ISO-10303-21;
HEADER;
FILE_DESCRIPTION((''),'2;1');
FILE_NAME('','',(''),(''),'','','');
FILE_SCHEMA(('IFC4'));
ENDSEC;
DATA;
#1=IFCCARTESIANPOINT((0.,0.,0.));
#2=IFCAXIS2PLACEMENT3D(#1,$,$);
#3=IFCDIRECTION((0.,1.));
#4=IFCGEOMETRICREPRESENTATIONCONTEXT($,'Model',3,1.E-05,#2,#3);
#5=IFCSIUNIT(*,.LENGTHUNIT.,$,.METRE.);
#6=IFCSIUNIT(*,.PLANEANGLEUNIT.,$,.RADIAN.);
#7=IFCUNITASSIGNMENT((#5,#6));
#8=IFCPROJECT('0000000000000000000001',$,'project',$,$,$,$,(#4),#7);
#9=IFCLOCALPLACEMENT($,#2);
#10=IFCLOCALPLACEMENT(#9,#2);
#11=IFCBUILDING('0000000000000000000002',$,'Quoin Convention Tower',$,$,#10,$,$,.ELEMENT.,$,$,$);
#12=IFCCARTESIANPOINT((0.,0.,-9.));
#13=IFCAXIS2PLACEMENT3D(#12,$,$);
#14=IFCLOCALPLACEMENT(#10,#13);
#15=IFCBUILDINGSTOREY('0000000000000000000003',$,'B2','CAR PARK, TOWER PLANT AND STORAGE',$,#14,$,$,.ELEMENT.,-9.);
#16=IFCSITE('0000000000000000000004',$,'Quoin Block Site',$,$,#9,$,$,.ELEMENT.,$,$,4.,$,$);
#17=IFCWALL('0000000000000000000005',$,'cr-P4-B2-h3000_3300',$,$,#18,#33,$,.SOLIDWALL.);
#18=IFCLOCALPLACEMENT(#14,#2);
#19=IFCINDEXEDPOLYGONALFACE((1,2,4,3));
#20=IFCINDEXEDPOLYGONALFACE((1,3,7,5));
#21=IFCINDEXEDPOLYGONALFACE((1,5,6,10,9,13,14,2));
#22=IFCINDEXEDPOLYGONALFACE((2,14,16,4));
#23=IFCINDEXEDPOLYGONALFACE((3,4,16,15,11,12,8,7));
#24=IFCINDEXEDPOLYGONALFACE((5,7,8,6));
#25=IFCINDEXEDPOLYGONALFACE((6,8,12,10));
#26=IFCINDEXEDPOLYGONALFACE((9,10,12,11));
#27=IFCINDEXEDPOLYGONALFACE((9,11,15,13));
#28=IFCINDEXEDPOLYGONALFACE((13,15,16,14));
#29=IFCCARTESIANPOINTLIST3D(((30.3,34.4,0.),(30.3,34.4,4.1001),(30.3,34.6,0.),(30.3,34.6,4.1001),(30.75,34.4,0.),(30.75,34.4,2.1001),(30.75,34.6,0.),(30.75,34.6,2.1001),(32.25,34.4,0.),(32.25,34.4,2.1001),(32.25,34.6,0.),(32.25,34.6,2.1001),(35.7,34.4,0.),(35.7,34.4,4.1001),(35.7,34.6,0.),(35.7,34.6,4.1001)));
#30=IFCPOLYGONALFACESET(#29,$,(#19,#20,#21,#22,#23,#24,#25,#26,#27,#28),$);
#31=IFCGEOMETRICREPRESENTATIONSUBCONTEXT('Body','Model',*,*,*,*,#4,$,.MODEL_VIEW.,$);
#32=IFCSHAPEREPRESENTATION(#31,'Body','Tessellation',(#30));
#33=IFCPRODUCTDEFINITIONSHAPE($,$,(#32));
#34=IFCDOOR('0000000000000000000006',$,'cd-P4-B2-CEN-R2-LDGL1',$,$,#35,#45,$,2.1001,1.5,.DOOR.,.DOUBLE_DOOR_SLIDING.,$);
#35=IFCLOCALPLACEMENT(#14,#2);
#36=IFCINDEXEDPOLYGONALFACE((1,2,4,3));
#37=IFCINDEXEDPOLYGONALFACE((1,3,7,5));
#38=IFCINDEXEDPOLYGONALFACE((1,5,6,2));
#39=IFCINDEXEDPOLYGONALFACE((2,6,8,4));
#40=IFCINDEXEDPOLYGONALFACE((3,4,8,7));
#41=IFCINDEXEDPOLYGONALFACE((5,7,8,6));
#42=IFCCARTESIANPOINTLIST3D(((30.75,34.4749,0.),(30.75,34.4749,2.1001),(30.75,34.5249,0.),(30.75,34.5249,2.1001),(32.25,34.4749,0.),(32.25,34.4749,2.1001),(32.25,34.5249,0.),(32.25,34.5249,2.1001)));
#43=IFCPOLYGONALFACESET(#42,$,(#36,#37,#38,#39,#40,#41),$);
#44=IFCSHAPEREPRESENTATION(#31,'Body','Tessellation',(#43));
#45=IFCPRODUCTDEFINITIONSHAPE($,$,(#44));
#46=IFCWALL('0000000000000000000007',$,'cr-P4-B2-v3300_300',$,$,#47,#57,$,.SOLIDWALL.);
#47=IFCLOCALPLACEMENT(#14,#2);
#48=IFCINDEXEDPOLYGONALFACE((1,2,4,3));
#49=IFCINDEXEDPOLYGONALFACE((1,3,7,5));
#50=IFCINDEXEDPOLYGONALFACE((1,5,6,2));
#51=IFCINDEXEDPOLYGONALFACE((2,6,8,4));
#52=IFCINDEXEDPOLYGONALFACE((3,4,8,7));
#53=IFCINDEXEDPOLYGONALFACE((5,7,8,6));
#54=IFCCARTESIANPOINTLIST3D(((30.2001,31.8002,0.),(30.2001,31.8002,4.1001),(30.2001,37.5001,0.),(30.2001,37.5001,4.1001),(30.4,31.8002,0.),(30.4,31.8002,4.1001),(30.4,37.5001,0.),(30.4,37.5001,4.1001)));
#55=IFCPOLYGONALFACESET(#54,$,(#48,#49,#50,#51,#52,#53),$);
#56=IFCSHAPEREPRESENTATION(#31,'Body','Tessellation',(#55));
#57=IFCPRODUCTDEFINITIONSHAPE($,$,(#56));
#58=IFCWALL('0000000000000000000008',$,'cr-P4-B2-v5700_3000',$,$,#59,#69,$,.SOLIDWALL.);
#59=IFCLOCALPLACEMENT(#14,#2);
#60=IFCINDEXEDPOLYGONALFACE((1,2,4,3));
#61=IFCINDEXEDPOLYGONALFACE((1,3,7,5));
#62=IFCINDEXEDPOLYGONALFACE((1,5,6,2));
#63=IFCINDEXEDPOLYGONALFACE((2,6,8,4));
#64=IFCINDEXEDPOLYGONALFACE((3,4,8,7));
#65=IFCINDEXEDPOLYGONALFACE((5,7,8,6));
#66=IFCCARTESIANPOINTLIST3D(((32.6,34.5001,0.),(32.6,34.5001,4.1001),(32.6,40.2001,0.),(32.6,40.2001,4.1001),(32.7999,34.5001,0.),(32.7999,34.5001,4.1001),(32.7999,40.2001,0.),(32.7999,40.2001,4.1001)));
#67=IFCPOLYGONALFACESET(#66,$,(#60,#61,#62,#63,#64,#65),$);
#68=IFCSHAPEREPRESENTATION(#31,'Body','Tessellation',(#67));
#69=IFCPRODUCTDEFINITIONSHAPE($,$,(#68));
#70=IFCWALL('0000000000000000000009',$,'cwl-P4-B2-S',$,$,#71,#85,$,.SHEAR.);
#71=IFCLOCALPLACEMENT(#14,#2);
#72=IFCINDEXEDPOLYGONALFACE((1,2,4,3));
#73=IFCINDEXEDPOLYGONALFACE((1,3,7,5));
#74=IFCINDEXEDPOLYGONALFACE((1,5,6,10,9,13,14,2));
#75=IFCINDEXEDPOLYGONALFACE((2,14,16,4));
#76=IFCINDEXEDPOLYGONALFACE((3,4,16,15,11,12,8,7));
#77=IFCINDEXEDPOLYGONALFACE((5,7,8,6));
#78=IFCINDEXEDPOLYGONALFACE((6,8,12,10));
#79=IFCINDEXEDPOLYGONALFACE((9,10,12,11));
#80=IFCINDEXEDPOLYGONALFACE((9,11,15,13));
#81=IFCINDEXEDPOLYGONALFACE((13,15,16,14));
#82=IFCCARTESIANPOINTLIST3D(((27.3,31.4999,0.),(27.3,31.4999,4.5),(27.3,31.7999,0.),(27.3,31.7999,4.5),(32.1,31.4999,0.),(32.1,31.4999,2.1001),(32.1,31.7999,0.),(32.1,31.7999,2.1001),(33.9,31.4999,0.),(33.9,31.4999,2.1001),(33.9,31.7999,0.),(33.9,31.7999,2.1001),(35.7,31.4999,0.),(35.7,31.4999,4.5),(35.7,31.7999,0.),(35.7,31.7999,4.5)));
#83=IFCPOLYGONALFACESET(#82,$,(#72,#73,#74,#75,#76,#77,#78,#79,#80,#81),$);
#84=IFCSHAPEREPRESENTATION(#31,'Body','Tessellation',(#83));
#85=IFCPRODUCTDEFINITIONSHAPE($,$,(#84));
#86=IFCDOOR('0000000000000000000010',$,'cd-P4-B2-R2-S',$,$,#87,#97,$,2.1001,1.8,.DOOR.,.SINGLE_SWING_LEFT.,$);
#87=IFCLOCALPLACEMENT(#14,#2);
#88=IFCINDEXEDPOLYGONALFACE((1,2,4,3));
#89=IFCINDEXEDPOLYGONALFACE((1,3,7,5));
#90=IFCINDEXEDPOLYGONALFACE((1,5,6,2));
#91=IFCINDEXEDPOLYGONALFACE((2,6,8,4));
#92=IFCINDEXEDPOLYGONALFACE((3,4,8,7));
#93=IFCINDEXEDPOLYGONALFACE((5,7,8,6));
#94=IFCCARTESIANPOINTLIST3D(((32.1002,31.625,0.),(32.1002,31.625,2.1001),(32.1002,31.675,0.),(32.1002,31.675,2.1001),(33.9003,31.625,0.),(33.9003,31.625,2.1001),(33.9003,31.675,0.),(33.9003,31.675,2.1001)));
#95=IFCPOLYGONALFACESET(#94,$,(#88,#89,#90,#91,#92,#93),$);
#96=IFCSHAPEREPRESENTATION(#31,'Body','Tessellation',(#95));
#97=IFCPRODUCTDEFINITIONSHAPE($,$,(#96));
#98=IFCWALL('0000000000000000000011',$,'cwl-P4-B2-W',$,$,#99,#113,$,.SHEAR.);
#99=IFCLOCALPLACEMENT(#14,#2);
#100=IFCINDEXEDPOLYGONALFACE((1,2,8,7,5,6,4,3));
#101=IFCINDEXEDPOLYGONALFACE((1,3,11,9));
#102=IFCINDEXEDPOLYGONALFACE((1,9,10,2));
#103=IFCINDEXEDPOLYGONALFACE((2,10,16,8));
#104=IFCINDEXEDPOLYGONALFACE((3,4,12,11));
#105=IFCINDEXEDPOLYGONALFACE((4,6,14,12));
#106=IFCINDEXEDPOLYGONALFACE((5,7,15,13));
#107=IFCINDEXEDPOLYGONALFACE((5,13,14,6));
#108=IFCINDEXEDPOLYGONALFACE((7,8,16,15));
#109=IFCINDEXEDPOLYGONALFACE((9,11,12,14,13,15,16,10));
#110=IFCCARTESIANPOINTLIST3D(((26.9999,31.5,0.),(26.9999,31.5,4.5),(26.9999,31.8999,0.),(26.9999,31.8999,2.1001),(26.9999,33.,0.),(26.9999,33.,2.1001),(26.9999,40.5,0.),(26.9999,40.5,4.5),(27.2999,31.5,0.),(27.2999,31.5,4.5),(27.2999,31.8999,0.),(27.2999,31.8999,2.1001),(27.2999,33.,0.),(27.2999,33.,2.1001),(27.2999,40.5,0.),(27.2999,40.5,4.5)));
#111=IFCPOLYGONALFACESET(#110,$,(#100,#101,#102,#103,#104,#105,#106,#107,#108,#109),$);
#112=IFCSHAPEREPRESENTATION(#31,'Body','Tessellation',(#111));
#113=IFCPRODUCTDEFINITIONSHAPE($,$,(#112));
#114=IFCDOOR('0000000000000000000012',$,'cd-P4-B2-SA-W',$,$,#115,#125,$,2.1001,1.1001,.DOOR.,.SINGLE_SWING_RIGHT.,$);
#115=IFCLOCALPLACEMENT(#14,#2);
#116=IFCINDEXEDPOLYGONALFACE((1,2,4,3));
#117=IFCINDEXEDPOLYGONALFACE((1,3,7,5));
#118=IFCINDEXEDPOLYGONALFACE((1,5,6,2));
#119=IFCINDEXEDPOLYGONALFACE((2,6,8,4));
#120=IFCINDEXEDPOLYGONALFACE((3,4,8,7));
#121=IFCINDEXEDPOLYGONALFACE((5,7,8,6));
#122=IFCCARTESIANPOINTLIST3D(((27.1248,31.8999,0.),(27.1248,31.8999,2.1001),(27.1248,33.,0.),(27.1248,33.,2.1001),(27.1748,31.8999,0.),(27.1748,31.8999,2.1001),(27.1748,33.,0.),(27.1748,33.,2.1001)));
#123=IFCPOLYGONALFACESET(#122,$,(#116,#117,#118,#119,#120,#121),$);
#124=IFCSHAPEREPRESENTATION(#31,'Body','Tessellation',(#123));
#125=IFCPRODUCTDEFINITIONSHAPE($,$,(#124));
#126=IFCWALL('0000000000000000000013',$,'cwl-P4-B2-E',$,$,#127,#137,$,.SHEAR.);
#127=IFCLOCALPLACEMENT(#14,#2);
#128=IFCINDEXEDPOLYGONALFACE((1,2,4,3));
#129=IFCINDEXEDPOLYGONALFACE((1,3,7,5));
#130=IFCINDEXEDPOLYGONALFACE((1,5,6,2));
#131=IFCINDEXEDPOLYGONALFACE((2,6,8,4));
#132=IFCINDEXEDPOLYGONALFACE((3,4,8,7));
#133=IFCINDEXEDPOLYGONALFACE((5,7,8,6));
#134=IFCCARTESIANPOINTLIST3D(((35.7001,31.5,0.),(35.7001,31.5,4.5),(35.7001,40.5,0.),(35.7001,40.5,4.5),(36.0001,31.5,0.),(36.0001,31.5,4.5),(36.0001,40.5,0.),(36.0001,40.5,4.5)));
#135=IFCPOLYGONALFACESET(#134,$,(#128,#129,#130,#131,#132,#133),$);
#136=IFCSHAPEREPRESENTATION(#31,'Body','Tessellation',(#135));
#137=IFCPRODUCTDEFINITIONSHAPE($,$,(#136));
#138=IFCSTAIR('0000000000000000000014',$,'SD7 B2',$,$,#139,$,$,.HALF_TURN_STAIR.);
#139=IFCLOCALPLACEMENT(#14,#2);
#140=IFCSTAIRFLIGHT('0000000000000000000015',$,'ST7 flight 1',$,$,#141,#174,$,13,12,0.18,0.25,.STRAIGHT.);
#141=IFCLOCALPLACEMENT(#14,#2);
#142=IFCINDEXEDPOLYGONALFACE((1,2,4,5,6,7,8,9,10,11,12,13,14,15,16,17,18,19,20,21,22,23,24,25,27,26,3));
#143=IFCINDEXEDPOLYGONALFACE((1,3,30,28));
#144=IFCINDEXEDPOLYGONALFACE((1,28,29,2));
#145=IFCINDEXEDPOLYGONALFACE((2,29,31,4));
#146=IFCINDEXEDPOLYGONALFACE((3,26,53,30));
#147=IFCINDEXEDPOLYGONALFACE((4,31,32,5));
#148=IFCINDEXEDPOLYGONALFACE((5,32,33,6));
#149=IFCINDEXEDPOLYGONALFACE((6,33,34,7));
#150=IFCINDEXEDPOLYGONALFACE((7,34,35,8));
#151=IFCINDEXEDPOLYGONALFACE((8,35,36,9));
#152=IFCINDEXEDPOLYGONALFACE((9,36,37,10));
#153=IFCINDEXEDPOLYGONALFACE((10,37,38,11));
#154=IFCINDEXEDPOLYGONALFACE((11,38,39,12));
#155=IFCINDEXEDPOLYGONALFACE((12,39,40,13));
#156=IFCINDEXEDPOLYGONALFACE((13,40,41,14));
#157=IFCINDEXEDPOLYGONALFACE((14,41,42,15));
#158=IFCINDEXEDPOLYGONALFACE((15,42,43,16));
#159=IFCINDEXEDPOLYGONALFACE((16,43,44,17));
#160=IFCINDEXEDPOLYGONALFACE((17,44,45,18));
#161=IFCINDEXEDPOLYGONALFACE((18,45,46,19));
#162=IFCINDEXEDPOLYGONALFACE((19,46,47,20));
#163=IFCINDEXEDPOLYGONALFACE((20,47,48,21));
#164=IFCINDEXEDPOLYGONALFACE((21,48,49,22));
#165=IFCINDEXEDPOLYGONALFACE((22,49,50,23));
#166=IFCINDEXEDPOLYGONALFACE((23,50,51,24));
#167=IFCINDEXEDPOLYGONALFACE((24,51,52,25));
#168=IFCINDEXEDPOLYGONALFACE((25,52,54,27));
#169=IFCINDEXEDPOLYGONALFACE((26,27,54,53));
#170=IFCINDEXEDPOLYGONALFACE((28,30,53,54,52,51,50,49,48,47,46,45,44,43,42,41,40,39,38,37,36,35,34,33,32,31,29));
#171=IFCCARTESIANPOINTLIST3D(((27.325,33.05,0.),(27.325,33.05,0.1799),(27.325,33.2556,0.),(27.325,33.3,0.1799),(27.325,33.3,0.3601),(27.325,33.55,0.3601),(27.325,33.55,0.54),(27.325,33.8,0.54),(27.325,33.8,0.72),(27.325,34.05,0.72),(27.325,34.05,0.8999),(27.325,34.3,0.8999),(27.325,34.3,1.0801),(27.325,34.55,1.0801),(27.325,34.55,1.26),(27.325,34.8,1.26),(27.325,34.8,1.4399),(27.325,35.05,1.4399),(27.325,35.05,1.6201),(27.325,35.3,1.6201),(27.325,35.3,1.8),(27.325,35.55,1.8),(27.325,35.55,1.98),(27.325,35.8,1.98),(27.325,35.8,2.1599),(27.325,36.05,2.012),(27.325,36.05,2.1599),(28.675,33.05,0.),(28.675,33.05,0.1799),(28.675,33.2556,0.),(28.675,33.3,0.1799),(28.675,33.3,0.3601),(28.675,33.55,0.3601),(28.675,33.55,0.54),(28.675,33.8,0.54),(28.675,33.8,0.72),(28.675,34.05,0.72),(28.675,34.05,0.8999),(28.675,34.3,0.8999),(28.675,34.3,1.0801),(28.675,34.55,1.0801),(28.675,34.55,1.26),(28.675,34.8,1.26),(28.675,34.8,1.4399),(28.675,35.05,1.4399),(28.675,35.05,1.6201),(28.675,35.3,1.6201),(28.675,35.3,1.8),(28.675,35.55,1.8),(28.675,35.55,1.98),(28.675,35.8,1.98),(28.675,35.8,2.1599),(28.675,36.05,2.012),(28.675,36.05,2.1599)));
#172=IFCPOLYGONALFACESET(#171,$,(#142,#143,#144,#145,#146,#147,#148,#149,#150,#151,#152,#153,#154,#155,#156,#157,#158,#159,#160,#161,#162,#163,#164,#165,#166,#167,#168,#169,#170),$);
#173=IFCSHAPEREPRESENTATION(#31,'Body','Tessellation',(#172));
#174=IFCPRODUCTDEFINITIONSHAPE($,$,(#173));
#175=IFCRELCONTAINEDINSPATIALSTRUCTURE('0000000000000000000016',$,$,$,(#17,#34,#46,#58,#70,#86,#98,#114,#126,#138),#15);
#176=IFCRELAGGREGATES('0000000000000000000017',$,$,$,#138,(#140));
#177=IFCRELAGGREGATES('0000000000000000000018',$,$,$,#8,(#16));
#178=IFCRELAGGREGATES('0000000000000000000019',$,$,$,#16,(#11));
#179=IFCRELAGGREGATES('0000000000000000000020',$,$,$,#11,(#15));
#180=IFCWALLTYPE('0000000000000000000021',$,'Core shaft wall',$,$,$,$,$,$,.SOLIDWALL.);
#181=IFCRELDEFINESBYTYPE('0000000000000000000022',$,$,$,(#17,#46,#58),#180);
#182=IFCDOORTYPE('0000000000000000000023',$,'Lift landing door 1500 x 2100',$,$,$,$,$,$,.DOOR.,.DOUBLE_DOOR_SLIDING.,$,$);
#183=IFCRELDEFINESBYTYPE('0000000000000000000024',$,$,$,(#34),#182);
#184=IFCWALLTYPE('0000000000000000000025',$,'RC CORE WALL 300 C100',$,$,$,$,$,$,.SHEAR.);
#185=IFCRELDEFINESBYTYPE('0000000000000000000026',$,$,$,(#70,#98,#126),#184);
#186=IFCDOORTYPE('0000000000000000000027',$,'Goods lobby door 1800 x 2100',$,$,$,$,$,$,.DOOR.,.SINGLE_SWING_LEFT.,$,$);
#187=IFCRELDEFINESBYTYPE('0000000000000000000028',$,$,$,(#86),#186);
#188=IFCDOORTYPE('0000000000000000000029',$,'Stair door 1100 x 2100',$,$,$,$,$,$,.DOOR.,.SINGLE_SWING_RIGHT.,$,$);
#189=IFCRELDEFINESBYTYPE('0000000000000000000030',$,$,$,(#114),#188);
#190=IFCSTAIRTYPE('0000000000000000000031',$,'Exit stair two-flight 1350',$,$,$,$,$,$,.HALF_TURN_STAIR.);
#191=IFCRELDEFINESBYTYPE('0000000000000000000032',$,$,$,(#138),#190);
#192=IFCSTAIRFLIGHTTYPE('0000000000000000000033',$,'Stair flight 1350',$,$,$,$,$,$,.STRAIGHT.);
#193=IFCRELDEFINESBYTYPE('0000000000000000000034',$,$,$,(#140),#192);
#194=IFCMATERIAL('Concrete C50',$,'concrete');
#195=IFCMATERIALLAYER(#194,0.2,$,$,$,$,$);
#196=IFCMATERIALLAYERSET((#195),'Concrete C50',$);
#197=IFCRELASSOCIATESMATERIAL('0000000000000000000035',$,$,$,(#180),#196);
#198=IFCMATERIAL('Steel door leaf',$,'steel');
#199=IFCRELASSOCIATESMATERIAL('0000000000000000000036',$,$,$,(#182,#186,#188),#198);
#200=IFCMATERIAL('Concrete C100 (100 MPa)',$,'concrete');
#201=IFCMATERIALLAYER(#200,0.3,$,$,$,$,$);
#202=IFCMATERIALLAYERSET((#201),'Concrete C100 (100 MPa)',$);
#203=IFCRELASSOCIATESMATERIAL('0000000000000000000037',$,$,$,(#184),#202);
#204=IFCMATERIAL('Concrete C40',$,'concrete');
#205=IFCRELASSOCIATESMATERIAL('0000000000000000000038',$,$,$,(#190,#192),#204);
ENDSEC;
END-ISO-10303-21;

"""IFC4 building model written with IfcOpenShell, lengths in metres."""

from ifc_helpers import new_model, si_unit, direction, frame, frame_2d, origin, place, context, subcontext, project, spatial, polyline, rectangle, outline, extrude, material, layer, layer_set, type_object, element, fill, aggregate, save


model = new_model("IFC4")

# Units and contexts
model_context = context("Model", 3, precision=1e-05, world=origin(), true_north=direction((0.0, 1.0)))
body_context = subcontext(model_context, "Body", "Model", "MODEL_VIEW")
ifc_project = project(units=[si_unit("LENGTHUNIT", "METRE"), si_unit("PLANEANGLEUNIT", "RADIAN")], contexts=[model_context])

# Site, building, storey
site_placement = place(None, origin())
site = spatial("IfcSite", under=ifc_project, at=site_placement, Name="Quoin Block Site", CompositionType="ELEMENT", RefElevation=4.0)
building_placement = place(site_placement, origin())
building = spatial("IfcBuilding", under=site, at=building_placement, Name="Quoin Convention Tower", CompositionType="ELEMENT")
storey_placement = place(building_placement, frame((0.0, 0.0, -9.0)))
storey = spatial("IfcBuildingStorey", under=building, at=storey_placement, Name="B2", Description="CAR PARK, TOWER PLANT AND STORAGE", CompositionType="ELEMENT", Elevation=-9.0)

# Shared definitions
ifc_material_1 = material(Name="Concrete C40", Category="concrete")

# Shared definitions
ifc_material_2 = material(Name="Concrete C100 (100 MPa)", Category="concrete")

# Wall, opening, door
ifc_material_3 = material(Name="Concrete C50", Category="concrete")
ifc_layer_1 = layer(ifc_material_3, 0.2)
ifc_layer_set_1 = layer_set([ifc_layer_1], Name="Concrete C50")
wall_type_1 = type_object("IfcWallType", Name="Core shaft wall", PredefinedType="SOLIDWALL", material=ifc_layer_set_1)
wall_1_placement = place(storey_placement, frame((30.3, 34.5, 0.0), z_axis=(0.0, 0.0, 1.0), x_axis=(1.0, 0.0, 0.0)))
wall_1 = element("IfcWall", 1, at=wall_1_placement, inside=storey, type_object=wall_type_1, Name="cr-P4-B2-h3000_3300", PredefinedType="SOLIDWALL", context=body_context, shape_type="SweptSolid", body=[
    extrude(rectangle(XDim=5.3999, YDim=0.2, at=frame_2d((2.7, 0.0))), origin(), (0.0, 0.0, 1.0), 4.1001),
])
opening_1_placement = place(wall_1_placement, frame((0.45, 0.0, 0.0)))
opening_1 = element("IfcOpeningElement", 2, at=opening_1_placement, cuts=wall_1, PredefinedType="OPENING", context=body_context, shape_type="SweptSolid", body=[
    extrude(rectangle(XDim=1.5, YDim=2.1001, at=frame_2d((0.75, 1.05))), frame((0.0, 0.1099, 0.0), z_axis=(0.0, -1.0, 0.0), x_axis=(1.0, 0.0, 0.0)), (0.0, 0.0, 1.0), 0.22),
])
ifc_material_4 = material(Name="Steel door leaf", Category="steel")
door_type_1 = type_object("IfcDoorType", Name="Lift landing door 1500 x 2100", OperationType="DOUBLE_DOOR_SLIDING", PredefinedType="DOOR", material=ifc_material_4)
door_1_placement = place(opening_1_placement, origin())
door_1 = element("IfcDoor", 3, at=door_1_placement, inside=storey, type_object=door_type_1, Name="cd-P4-B2-CEN-R2-LDGL1", OperationType="DOUBLE_DOOR_SLIDING", OverallHeight=2.1001, OverallWidth=1.5, PredefinedType="DOOR", context=body_context, shape_type="SweptSolid", body=[
    extrude(rectangle(XDim=1.5, YDim=2.1001, at=frame_2d((0.75, 1.05))), frame((0.0, 0.0249, 0.0), z_axis=(0.0, -1.0, 0.0), x_axis=(1.0, 0.0, 0.0)), (0.0, 0.0, 1.0), 0.05),
])
fill(opening_1, door_1)

# Walls
for number, where, z_axis, x_axis, name in (
    (4, (30.3, 31.8, 0.0), (0.0, 0.0, 1.0), (0.0, 1.0, 0.0), "cr-P4-B2-v3300_300"),
    (5, (32.7, 34.5, 0.0), (0.0, 0.0, 1.0), (0.0, 1.0, 0.0), "cr-P4-B2-v5700_3000"),
):
    element("IfcWall", number, at=place(storey_placement, frame(where, z_axis=z_axis, x_axis=x_axis)), inside=storey, type_object=wall_type_1, Name=name, PredefinedType="SOLIDWALL", context=body_context, shape_type="SweptSolid", body=[
        extrude(rectangle(XDim=5.7, YDim=0.2, at=frame_2d((2.8501, 0.0))), origin(), (0.0, 0.0, 1.0), 4.1001),
    ])

# Walls, openings, doors
ifc_layer_2 = layer(ifc_material_2, 0.3)
ifc_layer_set_2 = layer_set([ifc_layer_2], Name="Concrete C100 (100 MPa)")
wall_type_2 = type_object("IfcWallType", Name="RC CORE WALL 300 C100", PredefinedType="SHEAR", material=ifc_layer_set_2)
wall_2_placement = place(storey_placement, frame((27.3, 31.6499, 0.0), z_axis=(0.0, 0.0, 1.0), x_axis=(1.0, 0.0, 0.0)))
wall_2 = element("IfcWall", 6, at=wall_2_placement, inside=storey, type_object=wall_type_2, Name="cwl-P4-B2-S", PredefinedType="SHEAR", context=body_context, shape_type="SweptSolid", body=[
    extrude(rectangle(XDim=8.3999, YDim=0.3, at=frame_2d((4.2, 0.0))), origin(), (0.0, 0.0, 1.0), 4.5),
])
opening_2_placement = place(wall_2_placement, frame((4.8, 0.0, 0.0)))
opening_2 = element("IfcOpeningElement", 7, at=opening_2_placement, cuts=wall_2, PredefinedType="OPENING", context=body_context, shape_type="SweptSolid", body=[
    extrude(rectangle(XDim=1.8, YDim=2.1001, at=frame_2d((0.8999, 1.05))), frame((0.0, 0.1599, 0.0), z_axis=(0.0, -1.0, 0.0), x_axis=(1.0, 0.0, 0.0)), (0.0, 0.0, 1.0), 0.3201),
])
door_type_2 = type_object("IfcDoorType", Name="Goods lobby door 1800 x 2100", OperationType="SINGLE_SWING_LEFT", PredefinedType="DOOR", material=ifc_material_4)
door_2_placement = place(opening_2_placement, frame((1.8, 0.0, 0.0), z_axis=(0.0, 0.0, 1.0), x_axis=(-1.0, 0.0, 0.0)))
door_2 = element("IfcDoor", 8, at=door_2_placement, inside=storey, type_object=door_type_2, Name="cd-P4-B2-R2-S", OperationType="SINGLE_SWING_LEFT", OverallHeight=2.1001, OverallWidth=1.8, PredefinedType="DOOR", context=body_context, shape_type="SweptSolid", body=[
    extrude(rectangle(XDim=1.8, YDim=2.1001, at=frame_2d((0.8999, 1.05))), frame((0.0, 0.0249, 0.0), z_axis=(0.0, -1.0, 0.0), x_axis=(1.0, 0.0, 0.0)), (0.0, 0.0, 1.0), 0.05),
])
fill(opening_2, door_2)
wall_3_placement = place(storey_placement, frame((27.1499, 31.5, 0.0), z_axis=(0.0, 0.0, 1.0), x_axis=(0.0, 1.0, 0.0)))
wall_3 = element("IfcWall", 9, at=wall_3_placement, inside=storey, type_object=wall_type_2, Name="cwl-P4-B2-W", PredefinedType="SHEAR", context=body_context, shape_type="SweptSolid", body=[
    extrude(rectangle(XDim=9.0, YDim=0.3, at=frame_2d((4.5, 0.0))), origin(), (0.0, 0.0, 1.0), 4.5),
])
opening_3_placement = place(wall_3_placement, frame((0.3999, 0.0, 0.0)))
opening_3 = element("IfcOpeningElement", 10, at=opening_3_placement, cuts=wall_3, PredefinedType="OPENING", context=body_context, shape_type="SweptSolid", body=[
    extrude(rectangle(XDim=1.1001, YDim=2.1001, at=frame_2d((0.55, 1.05))), frame((0.0, 0.1599, 0.0), z_axis=(0.0, -1.0, 0.0), x_axis=(1.0, 0.0, 0.0)), (0.0, 0.0, 1.0), 0.3201),
])
door_type_3 = type_object("IfcDoorType", Name="Stair door 1100 x 2100", OperationType="SINGLE_SWING_RIGHT", PredefinedType="DOOR", material=ifc_material_4)
door_3_placement = place(opening_3_placement, frame((1.1001, 0.0, 0.0), z_axis=(0.0, 0.0, 1.0), x_axis=(-1.0, 0.0, 0.0)))
door_3 = element("IfcDoor", 11, at=door_3_placement, inside=storey, type_object=door_type_3, Name="cd-P4-B2-SA-W", OperationType="SINGLE_SWING_RIGHT", OverallHeight=2.1001, OverallWidth=1.1001, PredefinedType="DOOR", context=body_context, shape_type="SweptSolid", body=[
    extrude(rectangle(XDim=1.1001, YDim=2.1001, at=frame_2d((0.55, 1.05))), frame((0.0, 0.0249, 0.0), z_axis=(0.0, -1.0, 0.0), x_axis=(1.0, 0.0, 0.0)), (0.0, 0.0, 1.0), 0.05),
])
fill(opening_3, door_3)

# Wall
wall_4_placement = place(storey_placement, frame((35.8501, 31.5, 0.0), z_axis=(0.0, 0.0, 1.0), x_axis=(0.0, 1.0, 0.0)))
element("IfcWall", 12, at=wall_4_placement, inside=storey, type_object=wall_type_2, Name="cwl-P4-B2-E", PredefinedType="SHEAR", context=body_context, shape_type="SweptSolid", body=[
    extrude(rectangle(XDim=9.0, YDim=0.3, at=frame_2d((4.5, 0.0))), origin(), (0.0, 0.0, 1.0), 4.5),
])

# Stair, stair flight
stair_type = type_object("IfcStairType", Name="Exit stair two-flight 1350", PredefinedType="HALF_TURN_STAIR", material=ifc_material_1)
stair_1_placement = place(storey_placement, origin())
stair_1 = element("IfcStair", 13, at=stair_1_placement, inside=storey, type_object=stair_type, Name="SD7 B2", PredefinedType="HALF_TURN_STAIR")
stair_flight_type = type_object("IfcStairFlightType", Name="Stair flight 1350", PredefinedType="STRAIGHT", material=ifc_material_1)
stair_flight_1_placement = place(storey_placement, frame((28.0, 33.05, 0.0), z_axis=(0.0, 0.0, 1.0), x_axis=(0.0, 1.0, 0.0)))
stair_flight_1 = element("IfcStairFlight", 14, at=stair_flight_1_placement, type_object=stair_flight_type, Name="ST7 flight 1", NumberOfRisers=13, NumberOfTreads=12, PredefinedType="STRAIGHT", RiserHeight=0.18, TreadLength=0.25, context=body_context, shape_type="SweptSolid", body=[
    extrude(outline(polyline([(0.0, 0.0), (0.0, 0.1799), (0.25, 0.1799), (0.25, 0.3601), (0.5, 0.3601), (0.5, 0.54), (0.75, 0.54), (0.75, 0.72), (1.0, 0.72), (1.0, 0.8999), (1.25, 0.8999), (1.25, 1.0801), (1.5, 1.0801), (1.5, 1.26), (1.75, 1.26), (1.75, 1.4399), (2.0, 1.4399), (2.0, 1.6201), (2.25, 1.6201), (2.25, 1.8), (2.5, 1.8), (2.5, 1.98), (2.75, 1.98), (2.75, 2.1599), (3.0, 2.1599), (3.0, 2.3401), (3.0, 2.012), (0.2056, 0.0), (0.0, 0.0)])), frame((0.0, 0.675, 0.0), z_axis=(0.0, -1.0, 0.0), x_axis=(1.0, 0.0, 0.0)), (0.0, 0.0, 1.0), 1.3501),
])
aggregate(stair_1, [stair_flight_1])

save(model, "model.ifc")
